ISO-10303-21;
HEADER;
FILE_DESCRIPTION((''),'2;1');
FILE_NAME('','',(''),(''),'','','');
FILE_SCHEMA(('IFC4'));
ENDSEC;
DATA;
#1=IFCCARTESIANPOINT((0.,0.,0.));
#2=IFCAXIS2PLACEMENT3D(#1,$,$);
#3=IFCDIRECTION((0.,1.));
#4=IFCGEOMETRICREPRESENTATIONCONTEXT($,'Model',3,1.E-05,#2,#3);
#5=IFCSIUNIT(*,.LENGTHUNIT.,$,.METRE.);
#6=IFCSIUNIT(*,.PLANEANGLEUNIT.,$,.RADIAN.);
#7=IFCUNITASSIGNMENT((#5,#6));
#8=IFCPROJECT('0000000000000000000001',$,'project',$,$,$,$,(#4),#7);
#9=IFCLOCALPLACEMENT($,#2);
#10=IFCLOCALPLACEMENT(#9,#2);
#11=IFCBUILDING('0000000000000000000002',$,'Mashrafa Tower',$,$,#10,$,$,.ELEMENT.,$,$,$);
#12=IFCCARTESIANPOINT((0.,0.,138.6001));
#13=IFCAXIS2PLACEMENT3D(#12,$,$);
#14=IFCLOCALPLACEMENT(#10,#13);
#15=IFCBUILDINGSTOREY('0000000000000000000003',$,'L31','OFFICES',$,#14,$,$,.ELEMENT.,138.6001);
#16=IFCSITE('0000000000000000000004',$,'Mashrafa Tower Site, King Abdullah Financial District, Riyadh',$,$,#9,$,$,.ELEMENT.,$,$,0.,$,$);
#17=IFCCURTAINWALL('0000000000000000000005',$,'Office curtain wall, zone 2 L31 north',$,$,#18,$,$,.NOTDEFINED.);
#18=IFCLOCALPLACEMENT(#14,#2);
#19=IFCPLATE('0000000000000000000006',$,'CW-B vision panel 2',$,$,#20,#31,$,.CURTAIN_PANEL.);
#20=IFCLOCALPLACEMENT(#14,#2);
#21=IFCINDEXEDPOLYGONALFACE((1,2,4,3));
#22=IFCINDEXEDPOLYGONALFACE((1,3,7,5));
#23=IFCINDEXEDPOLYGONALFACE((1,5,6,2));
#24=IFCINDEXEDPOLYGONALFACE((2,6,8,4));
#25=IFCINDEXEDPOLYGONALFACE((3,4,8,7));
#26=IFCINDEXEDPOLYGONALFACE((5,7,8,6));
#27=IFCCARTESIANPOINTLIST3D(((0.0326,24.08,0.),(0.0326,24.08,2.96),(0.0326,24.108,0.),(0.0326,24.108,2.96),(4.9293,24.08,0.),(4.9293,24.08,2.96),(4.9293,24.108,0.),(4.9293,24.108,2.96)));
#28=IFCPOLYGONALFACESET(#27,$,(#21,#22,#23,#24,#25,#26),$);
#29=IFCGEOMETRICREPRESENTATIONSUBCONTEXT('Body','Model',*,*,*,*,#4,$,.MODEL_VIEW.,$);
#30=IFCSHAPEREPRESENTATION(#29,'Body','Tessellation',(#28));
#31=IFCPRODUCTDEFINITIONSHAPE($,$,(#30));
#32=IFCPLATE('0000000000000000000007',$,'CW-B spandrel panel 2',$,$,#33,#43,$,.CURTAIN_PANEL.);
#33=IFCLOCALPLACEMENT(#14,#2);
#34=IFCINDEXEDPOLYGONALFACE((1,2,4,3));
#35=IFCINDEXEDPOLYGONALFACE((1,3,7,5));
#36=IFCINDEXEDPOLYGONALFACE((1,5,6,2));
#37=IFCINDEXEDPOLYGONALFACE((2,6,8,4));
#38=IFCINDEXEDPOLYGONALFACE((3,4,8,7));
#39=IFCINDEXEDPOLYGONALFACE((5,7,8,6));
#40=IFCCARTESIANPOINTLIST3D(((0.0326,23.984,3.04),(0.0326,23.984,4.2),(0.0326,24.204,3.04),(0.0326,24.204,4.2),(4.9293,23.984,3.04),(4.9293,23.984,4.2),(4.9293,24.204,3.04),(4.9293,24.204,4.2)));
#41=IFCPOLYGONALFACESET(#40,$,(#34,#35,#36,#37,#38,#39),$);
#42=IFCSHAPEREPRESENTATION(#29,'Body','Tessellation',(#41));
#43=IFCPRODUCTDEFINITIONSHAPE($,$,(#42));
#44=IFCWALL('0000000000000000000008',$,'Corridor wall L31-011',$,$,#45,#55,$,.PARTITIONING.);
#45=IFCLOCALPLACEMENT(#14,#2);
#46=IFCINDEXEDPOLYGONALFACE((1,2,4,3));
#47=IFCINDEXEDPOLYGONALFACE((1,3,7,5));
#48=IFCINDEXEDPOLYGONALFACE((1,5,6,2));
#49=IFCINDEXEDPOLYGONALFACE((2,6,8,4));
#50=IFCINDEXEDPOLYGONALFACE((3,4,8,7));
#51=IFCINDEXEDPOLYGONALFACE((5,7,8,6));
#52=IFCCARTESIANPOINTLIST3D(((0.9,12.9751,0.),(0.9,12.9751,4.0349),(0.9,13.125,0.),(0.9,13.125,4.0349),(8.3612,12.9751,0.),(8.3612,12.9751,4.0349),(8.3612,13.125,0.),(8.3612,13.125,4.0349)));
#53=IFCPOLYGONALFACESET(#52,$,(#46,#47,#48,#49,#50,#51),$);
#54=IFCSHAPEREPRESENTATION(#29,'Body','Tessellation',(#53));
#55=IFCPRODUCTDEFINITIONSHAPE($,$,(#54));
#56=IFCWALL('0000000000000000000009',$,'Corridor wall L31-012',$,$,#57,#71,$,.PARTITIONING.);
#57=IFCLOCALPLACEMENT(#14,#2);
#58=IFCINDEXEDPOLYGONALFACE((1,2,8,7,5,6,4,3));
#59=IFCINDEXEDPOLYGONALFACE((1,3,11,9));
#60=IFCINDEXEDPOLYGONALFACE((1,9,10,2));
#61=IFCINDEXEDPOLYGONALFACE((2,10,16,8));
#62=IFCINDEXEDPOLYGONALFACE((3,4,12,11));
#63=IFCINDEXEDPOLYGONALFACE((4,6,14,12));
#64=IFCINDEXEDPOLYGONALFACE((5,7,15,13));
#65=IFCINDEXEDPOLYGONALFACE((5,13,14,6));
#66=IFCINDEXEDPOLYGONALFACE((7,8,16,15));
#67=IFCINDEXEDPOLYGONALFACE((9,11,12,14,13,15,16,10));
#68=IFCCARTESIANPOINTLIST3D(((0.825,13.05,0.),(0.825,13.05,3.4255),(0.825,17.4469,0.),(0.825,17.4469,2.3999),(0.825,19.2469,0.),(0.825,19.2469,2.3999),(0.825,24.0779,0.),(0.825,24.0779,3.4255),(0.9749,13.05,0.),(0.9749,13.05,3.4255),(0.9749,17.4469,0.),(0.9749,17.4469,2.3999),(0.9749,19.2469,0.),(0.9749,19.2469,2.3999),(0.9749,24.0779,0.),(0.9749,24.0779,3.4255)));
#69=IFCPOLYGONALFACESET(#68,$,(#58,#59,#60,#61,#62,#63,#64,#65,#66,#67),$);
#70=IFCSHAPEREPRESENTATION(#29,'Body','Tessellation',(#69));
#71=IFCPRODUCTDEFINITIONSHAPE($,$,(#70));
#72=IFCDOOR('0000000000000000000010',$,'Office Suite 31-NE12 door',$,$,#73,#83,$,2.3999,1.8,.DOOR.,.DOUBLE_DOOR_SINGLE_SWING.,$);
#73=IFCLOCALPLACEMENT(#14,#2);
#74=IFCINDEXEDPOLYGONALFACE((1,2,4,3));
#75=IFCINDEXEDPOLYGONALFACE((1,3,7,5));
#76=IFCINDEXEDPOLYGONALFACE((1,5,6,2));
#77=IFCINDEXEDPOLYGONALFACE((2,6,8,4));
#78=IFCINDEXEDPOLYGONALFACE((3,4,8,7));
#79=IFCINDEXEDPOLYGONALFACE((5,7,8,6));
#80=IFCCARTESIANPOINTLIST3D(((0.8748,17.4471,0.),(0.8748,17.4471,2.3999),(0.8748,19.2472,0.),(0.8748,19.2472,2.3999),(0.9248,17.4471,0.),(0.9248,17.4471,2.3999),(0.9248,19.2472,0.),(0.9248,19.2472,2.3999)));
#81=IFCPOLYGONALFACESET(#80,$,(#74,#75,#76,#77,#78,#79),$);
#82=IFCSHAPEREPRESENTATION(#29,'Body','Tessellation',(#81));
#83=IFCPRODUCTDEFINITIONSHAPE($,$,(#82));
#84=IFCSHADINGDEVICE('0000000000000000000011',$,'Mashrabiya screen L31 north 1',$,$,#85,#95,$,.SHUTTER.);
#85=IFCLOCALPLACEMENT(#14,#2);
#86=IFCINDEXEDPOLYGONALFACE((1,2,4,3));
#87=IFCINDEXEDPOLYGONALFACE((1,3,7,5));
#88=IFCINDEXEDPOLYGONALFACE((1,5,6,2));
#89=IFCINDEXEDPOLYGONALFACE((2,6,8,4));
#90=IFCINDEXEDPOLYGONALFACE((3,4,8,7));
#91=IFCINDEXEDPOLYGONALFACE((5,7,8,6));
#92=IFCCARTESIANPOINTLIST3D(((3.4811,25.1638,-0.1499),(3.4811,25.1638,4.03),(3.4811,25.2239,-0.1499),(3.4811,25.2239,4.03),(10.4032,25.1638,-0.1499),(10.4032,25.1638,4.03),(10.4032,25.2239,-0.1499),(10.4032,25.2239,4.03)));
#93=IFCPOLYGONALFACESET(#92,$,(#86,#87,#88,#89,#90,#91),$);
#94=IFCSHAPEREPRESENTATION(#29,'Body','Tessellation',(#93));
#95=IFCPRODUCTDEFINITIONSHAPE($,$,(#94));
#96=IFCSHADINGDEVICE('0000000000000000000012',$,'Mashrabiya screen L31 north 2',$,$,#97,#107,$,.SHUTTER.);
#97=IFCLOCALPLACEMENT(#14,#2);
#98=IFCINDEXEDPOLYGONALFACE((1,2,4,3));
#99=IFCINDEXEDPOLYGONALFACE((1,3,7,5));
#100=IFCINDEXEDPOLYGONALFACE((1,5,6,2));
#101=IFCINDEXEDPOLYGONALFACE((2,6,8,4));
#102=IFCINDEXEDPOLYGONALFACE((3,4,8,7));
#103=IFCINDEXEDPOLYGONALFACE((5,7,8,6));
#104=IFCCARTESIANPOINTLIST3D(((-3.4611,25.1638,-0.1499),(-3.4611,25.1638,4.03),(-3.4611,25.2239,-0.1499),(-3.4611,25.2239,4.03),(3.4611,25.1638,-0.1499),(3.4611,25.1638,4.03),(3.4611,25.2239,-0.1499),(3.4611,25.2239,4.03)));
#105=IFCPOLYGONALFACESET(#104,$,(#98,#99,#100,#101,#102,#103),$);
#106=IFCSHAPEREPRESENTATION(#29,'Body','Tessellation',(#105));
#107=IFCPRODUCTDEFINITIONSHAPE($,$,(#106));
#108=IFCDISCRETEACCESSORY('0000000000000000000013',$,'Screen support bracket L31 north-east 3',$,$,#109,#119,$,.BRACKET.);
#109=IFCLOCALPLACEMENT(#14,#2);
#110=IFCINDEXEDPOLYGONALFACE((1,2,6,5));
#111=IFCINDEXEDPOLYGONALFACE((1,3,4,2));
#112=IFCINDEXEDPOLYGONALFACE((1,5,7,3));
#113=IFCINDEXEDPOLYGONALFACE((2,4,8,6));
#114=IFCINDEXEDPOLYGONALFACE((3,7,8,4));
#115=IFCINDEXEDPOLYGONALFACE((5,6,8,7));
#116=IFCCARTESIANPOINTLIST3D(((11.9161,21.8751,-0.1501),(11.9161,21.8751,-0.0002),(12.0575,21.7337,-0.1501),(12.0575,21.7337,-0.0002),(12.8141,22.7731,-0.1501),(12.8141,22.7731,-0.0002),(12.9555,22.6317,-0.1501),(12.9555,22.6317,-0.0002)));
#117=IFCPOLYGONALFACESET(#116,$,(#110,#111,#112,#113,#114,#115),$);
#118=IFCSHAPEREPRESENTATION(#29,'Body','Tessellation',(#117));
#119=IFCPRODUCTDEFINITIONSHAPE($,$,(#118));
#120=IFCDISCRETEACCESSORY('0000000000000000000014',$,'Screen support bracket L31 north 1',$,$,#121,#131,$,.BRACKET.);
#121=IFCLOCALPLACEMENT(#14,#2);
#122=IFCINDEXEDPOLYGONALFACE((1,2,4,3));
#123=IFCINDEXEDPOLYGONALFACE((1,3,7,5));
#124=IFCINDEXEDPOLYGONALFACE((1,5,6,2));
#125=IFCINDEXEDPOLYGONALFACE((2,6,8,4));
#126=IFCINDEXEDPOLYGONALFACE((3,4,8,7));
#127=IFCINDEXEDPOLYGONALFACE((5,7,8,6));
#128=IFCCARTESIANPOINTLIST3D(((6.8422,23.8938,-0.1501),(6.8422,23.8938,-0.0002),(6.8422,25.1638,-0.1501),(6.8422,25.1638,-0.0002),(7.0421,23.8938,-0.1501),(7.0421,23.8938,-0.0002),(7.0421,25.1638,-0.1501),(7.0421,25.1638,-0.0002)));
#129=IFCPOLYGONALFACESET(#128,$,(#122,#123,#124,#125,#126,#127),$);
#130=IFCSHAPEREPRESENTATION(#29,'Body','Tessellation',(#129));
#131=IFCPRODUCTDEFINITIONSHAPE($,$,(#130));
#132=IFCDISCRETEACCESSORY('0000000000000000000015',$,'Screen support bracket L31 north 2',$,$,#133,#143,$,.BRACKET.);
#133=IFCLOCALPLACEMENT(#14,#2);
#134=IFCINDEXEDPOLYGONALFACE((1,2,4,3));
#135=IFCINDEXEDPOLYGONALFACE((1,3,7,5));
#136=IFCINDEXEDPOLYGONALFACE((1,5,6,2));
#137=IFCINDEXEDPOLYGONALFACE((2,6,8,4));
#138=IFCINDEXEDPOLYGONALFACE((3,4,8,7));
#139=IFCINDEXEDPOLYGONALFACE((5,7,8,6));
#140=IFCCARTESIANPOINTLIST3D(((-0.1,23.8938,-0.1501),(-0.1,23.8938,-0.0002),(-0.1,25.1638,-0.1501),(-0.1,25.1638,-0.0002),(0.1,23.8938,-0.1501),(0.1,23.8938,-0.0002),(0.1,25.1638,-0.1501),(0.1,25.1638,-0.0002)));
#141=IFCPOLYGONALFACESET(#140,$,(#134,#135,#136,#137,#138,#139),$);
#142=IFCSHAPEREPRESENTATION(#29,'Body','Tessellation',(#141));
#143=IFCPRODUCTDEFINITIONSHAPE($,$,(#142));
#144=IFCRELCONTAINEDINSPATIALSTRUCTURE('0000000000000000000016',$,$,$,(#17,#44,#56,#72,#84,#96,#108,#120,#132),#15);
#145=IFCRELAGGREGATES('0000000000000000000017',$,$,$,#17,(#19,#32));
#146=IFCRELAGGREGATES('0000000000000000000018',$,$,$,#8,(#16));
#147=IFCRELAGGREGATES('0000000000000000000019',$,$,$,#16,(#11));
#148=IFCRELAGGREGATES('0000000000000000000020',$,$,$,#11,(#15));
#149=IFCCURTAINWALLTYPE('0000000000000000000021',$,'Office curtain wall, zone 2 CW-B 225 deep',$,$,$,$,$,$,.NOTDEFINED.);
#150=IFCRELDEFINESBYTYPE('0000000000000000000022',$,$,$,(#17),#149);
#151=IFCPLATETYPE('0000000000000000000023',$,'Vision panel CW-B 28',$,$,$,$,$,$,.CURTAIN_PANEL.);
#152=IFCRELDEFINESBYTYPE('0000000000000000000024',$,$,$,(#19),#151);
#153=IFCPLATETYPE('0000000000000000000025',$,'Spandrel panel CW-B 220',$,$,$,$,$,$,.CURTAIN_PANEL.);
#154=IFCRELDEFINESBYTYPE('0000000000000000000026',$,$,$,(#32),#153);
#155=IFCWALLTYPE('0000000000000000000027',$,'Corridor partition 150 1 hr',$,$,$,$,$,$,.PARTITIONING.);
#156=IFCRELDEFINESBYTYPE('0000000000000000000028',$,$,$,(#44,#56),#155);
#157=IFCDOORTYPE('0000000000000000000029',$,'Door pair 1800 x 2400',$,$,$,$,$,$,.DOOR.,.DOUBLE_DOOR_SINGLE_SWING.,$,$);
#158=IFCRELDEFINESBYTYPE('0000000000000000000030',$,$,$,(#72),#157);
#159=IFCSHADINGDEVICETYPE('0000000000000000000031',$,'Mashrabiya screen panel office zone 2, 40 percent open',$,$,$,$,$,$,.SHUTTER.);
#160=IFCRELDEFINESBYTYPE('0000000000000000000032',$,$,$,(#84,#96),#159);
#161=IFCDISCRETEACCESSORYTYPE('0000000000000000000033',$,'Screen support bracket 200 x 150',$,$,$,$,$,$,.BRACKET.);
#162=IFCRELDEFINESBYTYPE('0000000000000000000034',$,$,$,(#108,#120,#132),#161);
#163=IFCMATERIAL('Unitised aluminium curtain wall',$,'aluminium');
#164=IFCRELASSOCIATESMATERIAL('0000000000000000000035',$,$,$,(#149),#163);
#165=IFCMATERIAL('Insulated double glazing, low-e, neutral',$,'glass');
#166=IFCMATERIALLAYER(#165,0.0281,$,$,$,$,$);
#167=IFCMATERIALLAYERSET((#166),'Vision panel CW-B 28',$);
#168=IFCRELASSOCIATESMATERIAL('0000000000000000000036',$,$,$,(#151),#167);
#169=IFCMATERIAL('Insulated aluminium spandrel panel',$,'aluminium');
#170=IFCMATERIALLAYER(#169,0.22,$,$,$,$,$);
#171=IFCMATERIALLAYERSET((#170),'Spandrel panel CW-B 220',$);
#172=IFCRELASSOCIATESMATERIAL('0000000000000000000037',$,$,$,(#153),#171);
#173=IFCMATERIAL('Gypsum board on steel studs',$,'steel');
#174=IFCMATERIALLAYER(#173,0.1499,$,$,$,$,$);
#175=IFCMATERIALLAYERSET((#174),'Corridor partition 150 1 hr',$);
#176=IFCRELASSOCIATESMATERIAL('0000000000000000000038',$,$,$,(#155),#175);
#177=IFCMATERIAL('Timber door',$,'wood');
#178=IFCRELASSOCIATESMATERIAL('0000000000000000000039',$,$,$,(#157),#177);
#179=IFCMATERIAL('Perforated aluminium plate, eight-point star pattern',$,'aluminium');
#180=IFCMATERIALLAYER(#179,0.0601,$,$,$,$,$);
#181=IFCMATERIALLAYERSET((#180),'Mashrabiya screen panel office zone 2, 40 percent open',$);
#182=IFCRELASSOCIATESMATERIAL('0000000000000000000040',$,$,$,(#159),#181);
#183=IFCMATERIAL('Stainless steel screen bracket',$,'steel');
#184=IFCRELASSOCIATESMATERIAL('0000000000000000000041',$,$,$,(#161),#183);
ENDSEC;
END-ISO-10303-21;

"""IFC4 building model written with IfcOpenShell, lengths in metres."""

from ifc_helpers import new_model, si_unit, direction, frame, frame_2d, origin, origin_2d, place, context, subcontext, project, spatial, rectangle, extrude, source, transform, mapped, material, layer, layer_set, type_object, type_shapes, element, fill, aggregate, save


model = new_model("IFC4")

# Units and contexts
model_context = context("Model", 3, precision=1e-05, world=origin(), true_north=direction((0.0, 1.0)))
body_context = subcontext(model_context, "Body", "Model", "MODEL_VIEW")
ifc_project = project(units=[si_unit("LENGTHUNIT", "METRE"), si_unit("PLANEANGLEUNIT", "RADIAN")], contexts=[model_context])

# Site, building, storey
site_placement = place(None, origin())
site = spatial("IfcSite", under=ifc_project, at=site_placement, Name="Mashrafa Tower Site, King Abdullah Financial District, Riyadh", CompositionType="ELEMENT", RefElevation=0.0)
building_placement = place(site_placement, origin())
building = spatial("IfcBuilding", under=site, at=building_placement, Name="Mashrafa Tower", CompositionType="ELEMENT")
storey_placement = place(building_placement, frame((0.0, 0.0, 138.6001)))
storey = spatial("IfcBuildingStorey", under=building, at=storey_placement, Name="L31", Description="OFFICES", CompositionType="ELEMENT", Elevation=138.6001)

# Shared definitions
ifc_material_1 = material(Name="Unitised aluminium curtain wall", Category="aluminium")
curtain_wall_type = type_object("IfcCurtainWallType", Name="Office curtain wall, zone 2 CW-B 225 deep", PredefinedType="NOTDEFINED", material=ifc_material_1)

# Curtain wall
curtain_wall_1_placement = place(storey_placement, origin())
curtain_wall_1 = element("IfcCurtainWall", 1, at=curtain_wall_1_placement, inside=storey, type_object=curtain_wall_type, Name="Office curtain wall, zone 2 L31 north", PredefinedType="NOTDEFINED")

# Plates
ifc_material_2 = material(Name="Insulated double glazing, low-e, neutral", Category="glass")
ifc_layer_1 = layer(ifc_material_2, 0.0281)
ifc_layer_set_1 = layer_set([ifc_layer_1], Name="Vision panel CW-B 28")
plate_type_1 = type_object("IfcPlateType", Name="Vision panel CW-B 28", PredefinedType="CURTAIN_PANEL", material=ifc_layer_set_1)
ifc_material_3 = material(Name="Insulated aluminium spandrel panel", Category="aluminium")
ifc_layer_2 = layer(ifc_material_3, 0.22)
ifc_layer_set_2 = layer_set([ifc_layer_2], Name="Spandrel panel CW-B 220")
plate_type_2 = type_object("IfcPlateType", Name="Spandrel panel CW-B 220", PredefinedType="CURTAIN_PANEL", material=ifc_layer_set_2)
shared_shape_1 = source(origin(), body_context, "Body", "SweptSolid", [
    extrude(rectangle(XDim=4.8967, YDim=0.0281, at=origin_2d()), origin(), (0.0, 0.0, 1.0), 2.96),
])
plate_1_placement = place(storey_placement, frame((2.481, 24.094, 0.0), z_axis=(0.0, 0.0, 1.0), x_axis=(-1.0, 0.0, 0.0)))
plate_1 = element("IfcPlate", 2, at=plate_1_placement, type_object=plate_type_1, Name="CW-B vision panel 2", PredefinedType="CURTAIN_PANEL", context=body_context, shape_type="MappedRepresentation", body=[
    mapped(shared_shape_1, transform((0.0, 0.0, 0.0))),
])
shared_shape_2 = source(origin(), body_context, "Body", "SweptSolid", [
    extrude(rectangle(XDim=4.8967, YDim=0.22, at=origin_2d()), origin(), (0.0, 0.0, 1.0), 1.1599),
])
plate_2_placement = place(storey_placement, frame((2.481, 24.094, 3.04), z_axis=(0.0, 0.0, 1.0), x_axis=(-1.0, 0.0, 0.0)))
plate_2 = element("IfcPlate", 3, at=plate_2_placement, type_object=plate_type_2, Name="CW-B spandrel panel 2", PredefinedType="CURTAIN_PANEL", context=body_context, shape_type="MappedRepresentation", body=[
    mapped(shared_shape_2, transform((0.0, 0.0, 0.0))),
])
aggregate(curtain_wall_1, [plate_1, plate_2])

# Wall
ifc_material_4 = material(Name="Gypsum board on steel studs", Category="steel")
ifc_layer_3 = layer(ifc_material_4, 0.1499)
ifc_layer_set_3 = layer_set([ifc_layer_3], Name="Corridor partition 150 1 hr")
wall_type = type_object("IfcWallType", Name="Corridor partition 150 1 hr", PredefinedType="PARTITIONING", material=ifc_layer_set_3)
wall_1_placement = place(storey_placement, frame((8.3611, 13.05, 0.0), z_axis=(0.0, 0.0, 1.0), x_axis=(-1.0, 0.0, 0.0)))
element("IfcWall", 4, at=wall_1_placement, inside=storey, type_object=wall_type, Name="Corridor wall L31-011", PredefinedType="PARTITIONING", context=body_context, shape_type="SweptSolid", body=[
    extrude(rectangle(XDim=7.4612, YDim=0.1499, at=frame_2d((3.7305, 0.0))), origin(), (0.0, 0.0, 1.0), 4.0349),
])

# Wall, opening, door
wall_2_placement = place(storey_placement, frame((0.8999, 13.05, 0.0), z_axis=(0.0, 0.0, 1.0), x_axis=(0.0, 1.0, 0.0)))
wall_2 = element("IfcWall", 5, at=wall_2_placement, inside=storey, type_object=wall_type, Name="Corridor wall L31-012", PredefinedType="PARTITIONING", context=body_context, shape_type="SweptSolid", body=[
    extrude(rectangle(XDim=11.0278, YDim=0.1499, at=frame_2d((5.5139, 0.0))), origin(), (0.0, 0.0, 1.0), 3.4255),
])
opening_placement = place(wall_2_placement, frame((4.397, 0.0, 0.0)))
opening = element("IfcOpeningElement", 6, at=opening_placement, cuts=wall_2, PredefinedType="OPENING", context=body_context, shape_type="SweptSolid", body=[
    extrude(rectangle(XDim=1.8, YDim=2.3999, at=frame_2d((0.8999, 1.2))), frame((0.0, 0.085, 0.0), z_axis=(0.0, -1.0, 0.0), x_axis=(1.0, 0.0, 0.0)), (0.0, 0.0, 1.0), 0.1699),
])
ifc_material_5 = material(Name="Timber door", Category="wood")
door_type = type_object("IfcDoorType", Name="Door pair 1800 x 2400", OperationType="DOUBLE_DOOR_SINGLE_SWING", PredefinedType="DOOR", material=ifc_material_5)
door_placement = place(opening_placement, frame((1.8, 0.0, 0.0), z_axis=(0.0, 0.0, 1.0), x_axis=(-1.0, 0.0, 0.0)))
door = element("IfcDoor", 7, at=door_placement, inside=storey, type_object=door_type, Name="Office Suite 31-NE12 door", OperationType="DOUBLE_DOOR_SINGLE_SWING", OverallHeight=2.3999, OverallWidth=1.8, PredefinedType="DOOR", context=body_context, shape_type="SweptSolid", body=[
    extrude(rectangle(XDim=1.8, YDim=2.3999, at=frame_2d((0.8999, 1.2))), frame((0.0, 0.0249, 0.0), z_axis=(0.0, -1.0, 0.0), x_axis=(1.0, 0.0, 0.0)), (0.0, 0.0, 1.0), 0.05),
])
fill(opening, door)

# Shading devices
ifc_material_6 = material(Name="Perforated aluminium plate, eight-point star pattern", Category="aluminium")
ifc_layer_4 = layer(ifc_material_6, 0.0601)
ifc_layer_set_4 = layer_set([ifc_layer_4], Name="Mashrabiya screen panel office zone 2, 40 percent open")
shading_device_type = type_object("IfcShadingDeviceType", Name="Mashrabiya screen panel office zone 2, 40 percent open", PredefinedType="SHUTTER", material=ifc_layer_set_4)
shared_shape_3 = source(origin(), body_context, "Body", "SweptSolid", [
    extrude(rectangle(XDim=6.9221, YDim=0.0601, at=origin_2d()), origin(), (0.0, 0.0, 1.0), 4.1799),
])
type_shapes(shading_device_type, [shared_shape_3])
for number, where, z_axis, x_axis, name in (
    (8, (6.9421, 25.1938, -0.1499), (0.0, 0.0, 1.0), (-1.0, 0.0, 0.0), "Mashrabiya screen L31 north 1"),
    (9, (0.0, 25.1938, -0.1499), (0.0, 0.0, 1.0), (-1.0, 0.0, 0.0), "Mashrabiya screen L31 north 2"),
):
    element("IfcShadingDevice", number, at=place(storey_placement, frame(where, z_axis=z_axis, x_axis=x_axis)), inside=storey, type_object=shading_device_type, Name=name, PredefinedType="SHUTTER", context=body_context, shape_type="MappedRepresentation", body=[
        mapped(shared_shape_3, transform((0.0, 0.0, 0.0))),
    ])

# Discrete accessories
ifc_material_7 = material(Name="Stainless steel screen bracket", Category="steel")
discrete_accessory_type = type_object("IfcDiscreteAccessoryType", Name="Screen support bracket 200 x 150", PredefinedType="BRACKET", material=ifc_material_7)
shared_shape_4 = source(origin(), body_context, "Body", "SweptSolid", [
    extrude(rectangle(XDim=0.2, YDim=1.27, at=origin_2d()), origin(), (0.0, 0.0, 1.0), 0.1499),
])
type_shapes(discrete_accessory_type, [shared_shape_4])
for number, where, z_axis, x_axis, name in (
    (10, (12.4358, 22.2534, -0.1501), (0.0, 0.0, 1.0), (-0.707107, 0.707107, 0.0), "Screen support bracket L31 north-east 3"),
    (11, (6.9421, 24.5288, -0.1501), (0.0, 0.0, 1.0), (-1.0, 0.0, 0.0), "Screen support bracket L31 north 1"),
    (12, (0.0, 24.5288, -0.1501), (0.0, 0.0, 1.0), (-1.0, 0.0, 0.0), "Screen support bracket L31 north 2"),
):
    element("IfcDiscreteAccessory", number, at=place(storey_placement, frame(where, z_axis=z_axis, x_axis=x_axis)), inside=storey, type_object=discrete_accessory_type, Name=name, PredefinedType="BRACKET", context=body_context, shape_type="MappedRepresentation", body=[
        mapped(shared_shape_4, transform((0.0, 0.0, 0.0))),
    ])

save(model, "model.ifc")
